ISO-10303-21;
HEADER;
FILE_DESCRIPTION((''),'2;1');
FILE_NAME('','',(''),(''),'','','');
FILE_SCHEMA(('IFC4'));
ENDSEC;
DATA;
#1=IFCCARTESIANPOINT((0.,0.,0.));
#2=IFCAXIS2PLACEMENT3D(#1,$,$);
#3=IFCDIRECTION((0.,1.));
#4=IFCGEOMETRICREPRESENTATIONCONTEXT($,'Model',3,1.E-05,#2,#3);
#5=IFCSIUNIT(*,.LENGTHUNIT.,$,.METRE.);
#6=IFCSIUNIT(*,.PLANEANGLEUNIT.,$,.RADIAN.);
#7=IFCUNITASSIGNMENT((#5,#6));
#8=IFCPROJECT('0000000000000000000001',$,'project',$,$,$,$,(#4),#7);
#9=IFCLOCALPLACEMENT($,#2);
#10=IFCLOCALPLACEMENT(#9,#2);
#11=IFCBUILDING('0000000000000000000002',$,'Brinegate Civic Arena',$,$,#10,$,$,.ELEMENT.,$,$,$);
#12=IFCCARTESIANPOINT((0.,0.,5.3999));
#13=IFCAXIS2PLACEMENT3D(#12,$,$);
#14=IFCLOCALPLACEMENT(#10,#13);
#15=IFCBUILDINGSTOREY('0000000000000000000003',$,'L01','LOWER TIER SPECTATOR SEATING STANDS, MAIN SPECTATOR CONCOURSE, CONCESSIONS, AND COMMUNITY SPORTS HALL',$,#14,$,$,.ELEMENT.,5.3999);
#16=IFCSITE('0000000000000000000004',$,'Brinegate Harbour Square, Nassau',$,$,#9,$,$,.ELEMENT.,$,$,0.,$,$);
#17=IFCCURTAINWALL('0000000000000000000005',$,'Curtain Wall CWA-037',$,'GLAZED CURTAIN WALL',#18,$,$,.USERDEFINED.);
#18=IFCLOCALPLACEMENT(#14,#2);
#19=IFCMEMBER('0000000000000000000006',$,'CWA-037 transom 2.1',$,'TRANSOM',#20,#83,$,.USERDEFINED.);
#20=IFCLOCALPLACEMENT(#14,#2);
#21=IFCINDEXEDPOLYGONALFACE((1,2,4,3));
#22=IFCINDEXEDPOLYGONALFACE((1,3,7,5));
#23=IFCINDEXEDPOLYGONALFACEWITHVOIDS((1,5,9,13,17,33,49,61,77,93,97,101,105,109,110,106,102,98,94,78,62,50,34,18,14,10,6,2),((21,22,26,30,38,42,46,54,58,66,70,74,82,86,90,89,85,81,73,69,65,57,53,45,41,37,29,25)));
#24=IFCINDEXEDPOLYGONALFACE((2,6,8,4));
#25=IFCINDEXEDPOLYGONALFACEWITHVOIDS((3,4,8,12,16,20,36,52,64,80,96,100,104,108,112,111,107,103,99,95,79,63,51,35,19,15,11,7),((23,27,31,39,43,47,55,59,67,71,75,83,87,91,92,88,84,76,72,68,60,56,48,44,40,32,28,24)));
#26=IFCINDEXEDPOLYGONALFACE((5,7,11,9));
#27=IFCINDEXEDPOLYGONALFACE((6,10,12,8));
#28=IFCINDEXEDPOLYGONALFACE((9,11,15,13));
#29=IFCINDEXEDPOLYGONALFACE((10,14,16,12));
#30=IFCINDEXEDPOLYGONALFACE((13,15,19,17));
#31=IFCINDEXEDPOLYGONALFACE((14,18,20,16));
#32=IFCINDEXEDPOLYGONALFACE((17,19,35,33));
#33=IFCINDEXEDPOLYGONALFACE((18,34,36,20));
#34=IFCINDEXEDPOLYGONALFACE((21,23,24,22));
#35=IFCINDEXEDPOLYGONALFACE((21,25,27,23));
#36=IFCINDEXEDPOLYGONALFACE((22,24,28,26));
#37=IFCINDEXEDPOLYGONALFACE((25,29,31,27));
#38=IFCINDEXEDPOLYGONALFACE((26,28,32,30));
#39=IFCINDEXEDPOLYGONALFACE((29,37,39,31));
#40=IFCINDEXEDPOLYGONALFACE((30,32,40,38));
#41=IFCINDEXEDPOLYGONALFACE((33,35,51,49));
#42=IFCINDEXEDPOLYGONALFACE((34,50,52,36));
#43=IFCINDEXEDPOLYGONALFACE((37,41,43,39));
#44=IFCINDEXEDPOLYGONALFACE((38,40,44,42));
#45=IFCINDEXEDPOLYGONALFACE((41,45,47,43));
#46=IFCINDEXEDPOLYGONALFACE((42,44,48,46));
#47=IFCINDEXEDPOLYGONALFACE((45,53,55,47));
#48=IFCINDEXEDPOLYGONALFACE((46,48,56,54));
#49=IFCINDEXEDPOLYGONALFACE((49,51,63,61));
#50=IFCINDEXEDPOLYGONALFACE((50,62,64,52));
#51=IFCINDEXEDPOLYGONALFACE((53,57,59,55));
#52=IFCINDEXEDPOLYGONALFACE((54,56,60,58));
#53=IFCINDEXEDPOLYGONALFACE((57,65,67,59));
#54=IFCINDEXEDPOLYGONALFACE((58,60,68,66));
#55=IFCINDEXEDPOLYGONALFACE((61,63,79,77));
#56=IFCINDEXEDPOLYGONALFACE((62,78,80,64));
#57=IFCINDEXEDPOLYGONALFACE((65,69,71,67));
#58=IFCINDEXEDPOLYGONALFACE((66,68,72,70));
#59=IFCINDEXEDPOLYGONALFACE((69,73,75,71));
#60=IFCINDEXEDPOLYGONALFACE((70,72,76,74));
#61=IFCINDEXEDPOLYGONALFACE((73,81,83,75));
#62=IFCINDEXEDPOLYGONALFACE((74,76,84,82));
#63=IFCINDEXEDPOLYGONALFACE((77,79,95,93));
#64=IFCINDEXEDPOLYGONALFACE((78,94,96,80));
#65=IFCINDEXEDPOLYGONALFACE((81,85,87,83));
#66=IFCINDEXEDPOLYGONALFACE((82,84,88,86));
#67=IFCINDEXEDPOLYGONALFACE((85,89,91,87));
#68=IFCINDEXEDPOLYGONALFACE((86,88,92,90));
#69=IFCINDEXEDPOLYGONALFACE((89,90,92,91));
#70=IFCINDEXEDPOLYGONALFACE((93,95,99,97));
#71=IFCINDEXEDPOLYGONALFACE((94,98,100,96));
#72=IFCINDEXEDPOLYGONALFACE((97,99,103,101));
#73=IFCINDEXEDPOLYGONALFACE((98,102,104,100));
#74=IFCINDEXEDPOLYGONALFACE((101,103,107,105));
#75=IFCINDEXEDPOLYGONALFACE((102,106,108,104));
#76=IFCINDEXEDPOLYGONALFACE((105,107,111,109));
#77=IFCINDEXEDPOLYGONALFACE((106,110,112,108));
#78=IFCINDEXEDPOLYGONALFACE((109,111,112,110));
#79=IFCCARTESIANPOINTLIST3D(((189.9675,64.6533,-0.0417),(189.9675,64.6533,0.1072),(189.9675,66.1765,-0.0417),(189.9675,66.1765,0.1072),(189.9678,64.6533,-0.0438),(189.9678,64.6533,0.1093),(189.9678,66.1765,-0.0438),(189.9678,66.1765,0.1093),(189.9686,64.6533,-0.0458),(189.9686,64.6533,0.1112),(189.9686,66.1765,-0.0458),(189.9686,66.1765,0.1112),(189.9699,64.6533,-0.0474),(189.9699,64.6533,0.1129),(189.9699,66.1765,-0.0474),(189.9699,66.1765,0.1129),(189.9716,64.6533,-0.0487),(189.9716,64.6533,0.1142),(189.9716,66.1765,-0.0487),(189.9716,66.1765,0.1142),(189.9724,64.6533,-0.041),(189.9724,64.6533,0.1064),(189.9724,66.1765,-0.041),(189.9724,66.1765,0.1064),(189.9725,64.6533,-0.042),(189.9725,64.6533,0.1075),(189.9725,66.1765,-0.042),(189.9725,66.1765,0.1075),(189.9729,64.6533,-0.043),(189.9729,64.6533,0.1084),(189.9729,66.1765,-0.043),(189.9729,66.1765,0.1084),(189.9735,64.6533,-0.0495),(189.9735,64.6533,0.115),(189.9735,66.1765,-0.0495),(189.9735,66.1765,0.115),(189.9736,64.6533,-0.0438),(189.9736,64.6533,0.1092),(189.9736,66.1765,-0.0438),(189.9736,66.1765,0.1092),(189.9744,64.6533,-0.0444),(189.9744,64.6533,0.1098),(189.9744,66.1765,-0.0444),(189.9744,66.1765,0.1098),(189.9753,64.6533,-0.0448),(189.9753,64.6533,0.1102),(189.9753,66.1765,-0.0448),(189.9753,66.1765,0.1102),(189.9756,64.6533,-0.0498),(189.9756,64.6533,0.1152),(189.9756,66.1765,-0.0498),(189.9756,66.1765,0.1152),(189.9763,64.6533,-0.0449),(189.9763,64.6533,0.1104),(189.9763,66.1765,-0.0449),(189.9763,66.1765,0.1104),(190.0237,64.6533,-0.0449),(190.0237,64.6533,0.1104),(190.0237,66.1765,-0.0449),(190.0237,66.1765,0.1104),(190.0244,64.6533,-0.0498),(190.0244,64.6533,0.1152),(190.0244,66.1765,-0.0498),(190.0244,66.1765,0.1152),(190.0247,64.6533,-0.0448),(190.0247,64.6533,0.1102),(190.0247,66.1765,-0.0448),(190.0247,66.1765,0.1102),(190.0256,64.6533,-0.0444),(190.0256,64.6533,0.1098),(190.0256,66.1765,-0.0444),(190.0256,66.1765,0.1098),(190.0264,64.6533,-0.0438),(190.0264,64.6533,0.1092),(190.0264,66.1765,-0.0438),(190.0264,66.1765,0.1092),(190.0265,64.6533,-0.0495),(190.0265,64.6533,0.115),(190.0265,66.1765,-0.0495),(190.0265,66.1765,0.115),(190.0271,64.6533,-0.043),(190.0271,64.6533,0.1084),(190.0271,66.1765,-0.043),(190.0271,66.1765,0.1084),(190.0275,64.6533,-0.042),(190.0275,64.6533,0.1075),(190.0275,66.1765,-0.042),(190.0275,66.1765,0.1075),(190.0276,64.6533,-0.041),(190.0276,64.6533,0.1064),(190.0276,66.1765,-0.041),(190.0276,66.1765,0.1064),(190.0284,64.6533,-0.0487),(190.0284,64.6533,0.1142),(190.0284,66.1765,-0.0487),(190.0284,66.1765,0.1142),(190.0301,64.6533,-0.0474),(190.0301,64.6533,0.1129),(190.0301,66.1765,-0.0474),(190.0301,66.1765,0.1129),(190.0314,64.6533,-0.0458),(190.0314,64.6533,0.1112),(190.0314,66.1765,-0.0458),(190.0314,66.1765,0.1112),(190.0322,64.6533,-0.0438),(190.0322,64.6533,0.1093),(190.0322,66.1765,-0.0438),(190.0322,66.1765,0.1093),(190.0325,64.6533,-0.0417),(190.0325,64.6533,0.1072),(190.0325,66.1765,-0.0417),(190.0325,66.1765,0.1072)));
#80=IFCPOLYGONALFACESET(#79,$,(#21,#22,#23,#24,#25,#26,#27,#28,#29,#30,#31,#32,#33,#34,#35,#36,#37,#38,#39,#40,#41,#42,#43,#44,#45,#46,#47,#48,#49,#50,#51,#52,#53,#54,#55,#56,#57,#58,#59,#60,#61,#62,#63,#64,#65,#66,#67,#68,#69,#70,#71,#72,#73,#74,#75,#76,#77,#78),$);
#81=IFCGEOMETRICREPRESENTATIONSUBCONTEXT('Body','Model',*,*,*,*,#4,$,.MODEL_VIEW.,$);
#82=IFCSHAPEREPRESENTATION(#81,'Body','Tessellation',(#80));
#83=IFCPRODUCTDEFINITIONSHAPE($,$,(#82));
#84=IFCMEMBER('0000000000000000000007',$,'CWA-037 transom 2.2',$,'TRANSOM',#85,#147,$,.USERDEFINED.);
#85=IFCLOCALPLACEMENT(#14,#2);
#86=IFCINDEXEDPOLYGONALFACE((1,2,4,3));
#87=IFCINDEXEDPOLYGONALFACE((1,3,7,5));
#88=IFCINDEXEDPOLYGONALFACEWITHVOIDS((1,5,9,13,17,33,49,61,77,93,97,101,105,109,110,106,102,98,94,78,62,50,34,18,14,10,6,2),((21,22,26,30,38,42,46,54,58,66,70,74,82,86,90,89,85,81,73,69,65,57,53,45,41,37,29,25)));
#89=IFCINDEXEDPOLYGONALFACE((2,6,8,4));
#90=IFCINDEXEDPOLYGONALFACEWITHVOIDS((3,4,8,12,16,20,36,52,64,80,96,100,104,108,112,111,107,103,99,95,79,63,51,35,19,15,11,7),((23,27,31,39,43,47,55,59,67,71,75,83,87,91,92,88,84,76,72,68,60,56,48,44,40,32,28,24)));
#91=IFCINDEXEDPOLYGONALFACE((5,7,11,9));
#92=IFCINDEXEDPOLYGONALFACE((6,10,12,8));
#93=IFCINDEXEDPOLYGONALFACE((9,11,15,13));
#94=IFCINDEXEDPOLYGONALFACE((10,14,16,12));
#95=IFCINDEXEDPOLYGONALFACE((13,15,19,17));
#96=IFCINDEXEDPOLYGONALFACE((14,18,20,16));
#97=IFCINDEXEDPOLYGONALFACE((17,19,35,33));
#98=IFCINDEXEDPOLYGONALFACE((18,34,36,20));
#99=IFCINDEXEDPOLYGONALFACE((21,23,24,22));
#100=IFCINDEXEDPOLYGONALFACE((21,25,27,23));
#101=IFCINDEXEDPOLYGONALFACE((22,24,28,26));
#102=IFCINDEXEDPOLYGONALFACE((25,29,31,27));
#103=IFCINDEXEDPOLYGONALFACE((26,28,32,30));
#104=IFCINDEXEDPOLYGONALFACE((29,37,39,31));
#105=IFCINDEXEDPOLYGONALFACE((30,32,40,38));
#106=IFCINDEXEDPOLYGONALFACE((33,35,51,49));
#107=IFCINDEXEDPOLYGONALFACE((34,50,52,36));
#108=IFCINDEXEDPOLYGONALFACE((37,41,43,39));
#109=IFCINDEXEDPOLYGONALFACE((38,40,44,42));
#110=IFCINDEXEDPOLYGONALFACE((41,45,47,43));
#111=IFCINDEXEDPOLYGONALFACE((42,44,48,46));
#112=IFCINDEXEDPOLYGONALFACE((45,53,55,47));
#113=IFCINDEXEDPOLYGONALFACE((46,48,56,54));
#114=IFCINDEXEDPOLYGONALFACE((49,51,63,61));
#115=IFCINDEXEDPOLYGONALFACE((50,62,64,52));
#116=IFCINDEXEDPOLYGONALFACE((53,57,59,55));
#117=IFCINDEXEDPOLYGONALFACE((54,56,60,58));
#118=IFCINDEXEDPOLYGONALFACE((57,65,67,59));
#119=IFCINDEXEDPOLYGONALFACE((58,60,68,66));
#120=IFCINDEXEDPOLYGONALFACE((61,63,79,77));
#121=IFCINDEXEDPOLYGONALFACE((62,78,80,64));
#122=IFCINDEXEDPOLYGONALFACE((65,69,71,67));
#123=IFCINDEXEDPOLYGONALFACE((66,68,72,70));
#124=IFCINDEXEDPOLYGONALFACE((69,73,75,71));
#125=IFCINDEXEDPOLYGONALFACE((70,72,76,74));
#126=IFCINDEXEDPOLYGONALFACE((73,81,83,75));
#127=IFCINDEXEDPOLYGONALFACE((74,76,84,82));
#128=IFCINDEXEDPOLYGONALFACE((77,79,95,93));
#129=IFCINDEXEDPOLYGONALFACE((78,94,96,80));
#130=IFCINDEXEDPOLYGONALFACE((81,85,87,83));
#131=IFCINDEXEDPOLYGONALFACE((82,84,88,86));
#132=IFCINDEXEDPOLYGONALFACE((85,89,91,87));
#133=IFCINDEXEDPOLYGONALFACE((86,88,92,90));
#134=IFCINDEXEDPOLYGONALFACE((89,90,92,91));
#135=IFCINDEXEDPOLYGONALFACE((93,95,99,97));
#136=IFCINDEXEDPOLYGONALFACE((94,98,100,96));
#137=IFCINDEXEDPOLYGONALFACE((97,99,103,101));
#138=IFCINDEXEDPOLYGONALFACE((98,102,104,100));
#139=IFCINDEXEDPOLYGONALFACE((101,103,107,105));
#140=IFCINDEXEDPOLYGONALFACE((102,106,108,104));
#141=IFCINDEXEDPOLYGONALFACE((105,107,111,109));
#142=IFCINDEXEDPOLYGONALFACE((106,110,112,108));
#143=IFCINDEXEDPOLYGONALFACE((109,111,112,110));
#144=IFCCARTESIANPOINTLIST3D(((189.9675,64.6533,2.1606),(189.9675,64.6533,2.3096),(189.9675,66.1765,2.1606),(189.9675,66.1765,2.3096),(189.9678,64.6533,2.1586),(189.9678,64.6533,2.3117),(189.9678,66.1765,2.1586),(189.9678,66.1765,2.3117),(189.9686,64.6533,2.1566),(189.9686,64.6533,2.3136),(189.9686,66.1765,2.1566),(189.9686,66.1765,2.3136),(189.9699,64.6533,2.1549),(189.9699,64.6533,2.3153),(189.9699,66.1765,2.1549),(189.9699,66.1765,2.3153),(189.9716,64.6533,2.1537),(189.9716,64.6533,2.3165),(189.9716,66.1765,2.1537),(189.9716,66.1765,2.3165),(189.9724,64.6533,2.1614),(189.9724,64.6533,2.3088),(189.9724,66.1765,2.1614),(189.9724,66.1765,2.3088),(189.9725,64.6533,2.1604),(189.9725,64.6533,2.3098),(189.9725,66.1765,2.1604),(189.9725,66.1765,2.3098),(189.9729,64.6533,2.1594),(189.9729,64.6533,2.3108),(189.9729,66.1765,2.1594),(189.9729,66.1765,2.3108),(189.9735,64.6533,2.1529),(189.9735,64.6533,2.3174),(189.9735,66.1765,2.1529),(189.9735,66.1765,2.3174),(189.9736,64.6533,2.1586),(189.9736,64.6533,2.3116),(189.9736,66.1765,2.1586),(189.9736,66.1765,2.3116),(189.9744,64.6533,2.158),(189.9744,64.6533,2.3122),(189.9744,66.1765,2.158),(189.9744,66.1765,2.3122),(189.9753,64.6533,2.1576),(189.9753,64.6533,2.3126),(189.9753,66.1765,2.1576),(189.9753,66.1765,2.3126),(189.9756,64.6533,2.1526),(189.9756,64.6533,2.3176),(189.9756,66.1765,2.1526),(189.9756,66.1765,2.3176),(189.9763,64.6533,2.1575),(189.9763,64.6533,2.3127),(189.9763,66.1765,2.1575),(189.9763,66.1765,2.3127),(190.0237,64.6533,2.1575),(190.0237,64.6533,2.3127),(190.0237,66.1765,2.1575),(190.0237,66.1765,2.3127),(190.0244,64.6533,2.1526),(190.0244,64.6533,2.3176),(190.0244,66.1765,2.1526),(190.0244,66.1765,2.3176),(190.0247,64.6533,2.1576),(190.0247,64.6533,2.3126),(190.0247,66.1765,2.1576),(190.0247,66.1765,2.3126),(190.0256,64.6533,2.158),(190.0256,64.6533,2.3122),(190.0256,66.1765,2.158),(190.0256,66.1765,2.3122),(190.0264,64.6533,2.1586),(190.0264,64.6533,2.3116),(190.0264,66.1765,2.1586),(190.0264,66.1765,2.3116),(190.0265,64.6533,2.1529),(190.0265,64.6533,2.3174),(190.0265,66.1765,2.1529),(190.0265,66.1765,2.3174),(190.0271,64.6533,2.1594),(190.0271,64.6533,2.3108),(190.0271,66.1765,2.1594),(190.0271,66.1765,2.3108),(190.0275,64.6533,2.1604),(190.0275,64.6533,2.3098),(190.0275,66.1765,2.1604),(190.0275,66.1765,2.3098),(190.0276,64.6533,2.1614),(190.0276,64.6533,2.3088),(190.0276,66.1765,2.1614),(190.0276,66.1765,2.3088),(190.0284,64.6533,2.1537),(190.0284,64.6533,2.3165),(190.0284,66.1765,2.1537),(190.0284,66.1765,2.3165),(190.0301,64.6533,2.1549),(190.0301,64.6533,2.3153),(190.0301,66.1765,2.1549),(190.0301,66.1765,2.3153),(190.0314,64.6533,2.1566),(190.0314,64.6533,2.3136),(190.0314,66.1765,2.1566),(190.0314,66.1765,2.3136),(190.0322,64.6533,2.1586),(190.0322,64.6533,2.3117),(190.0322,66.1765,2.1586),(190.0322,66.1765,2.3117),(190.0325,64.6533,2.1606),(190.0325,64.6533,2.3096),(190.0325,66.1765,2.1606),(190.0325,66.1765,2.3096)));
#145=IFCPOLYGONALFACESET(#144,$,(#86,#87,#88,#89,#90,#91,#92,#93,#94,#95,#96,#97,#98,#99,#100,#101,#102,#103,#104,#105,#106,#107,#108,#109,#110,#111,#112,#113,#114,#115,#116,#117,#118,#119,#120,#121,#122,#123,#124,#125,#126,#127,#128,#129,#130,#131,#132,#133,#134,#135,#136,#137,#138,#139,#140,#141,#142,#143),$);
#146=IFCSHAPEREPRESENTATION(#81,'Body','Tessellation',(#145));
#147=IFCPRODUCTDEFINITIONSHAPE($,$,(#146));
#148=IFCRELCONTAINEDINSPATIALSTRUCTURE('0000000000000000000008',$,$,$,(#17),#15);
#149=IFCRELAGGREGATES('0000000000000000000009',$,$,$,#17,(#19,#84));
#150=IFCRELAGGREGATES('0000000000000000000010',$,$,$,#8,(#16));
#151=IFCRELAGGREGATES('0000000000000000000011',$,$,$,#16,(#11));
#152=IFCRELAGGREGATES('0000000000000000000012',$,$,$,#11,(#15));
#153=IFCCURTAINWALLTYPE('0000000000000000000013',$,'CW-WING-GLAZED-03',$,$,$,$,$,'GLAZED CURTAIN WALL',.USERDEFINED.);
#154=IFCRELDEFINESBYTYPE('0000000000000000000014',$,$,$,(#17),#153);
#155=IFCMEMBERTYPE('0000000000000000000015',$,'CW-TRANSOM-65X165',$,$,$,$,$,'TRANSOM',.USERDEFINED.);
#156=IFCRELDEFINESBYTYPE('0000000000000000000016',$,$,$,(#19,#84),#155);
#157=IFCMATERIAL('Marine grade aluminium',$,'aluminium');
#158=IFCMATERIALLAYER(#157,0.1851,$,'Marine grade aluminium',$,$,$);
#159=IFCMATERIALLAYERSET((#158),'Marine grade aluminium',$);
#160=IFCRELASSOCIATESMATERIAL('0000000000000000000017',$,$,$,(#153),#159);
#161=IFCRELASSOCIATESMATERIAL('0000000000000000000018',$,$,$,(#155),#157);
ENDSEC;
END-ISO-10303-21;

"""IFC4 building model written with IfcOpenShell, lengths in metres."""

from ifc_helpers import new_model, si_unit, direction, frame, origin, origin_2d, place, context, subcontext, project, spatial, hollow_rectangle, extrude, material, layer, layer_set, material_profile, profile_set, type_object, element, aggregate, save


model = new_model("IFC4")

# Units and contexts
model_context = context("Model", 3, precision=1e-05, world=origin(), true_north=direction((0.0, 1.0)))
body_context = subcontext(model_context, "Body", "Model", "MODEL_VIEW")
ifc_project = project(units=[si_unit("LENGTHUNIT", "METRE"), si_unit("PLANEANGLEUNIT", "RADIAN")], contexts=[model_context])

# Site, building, storey
site_placement = place(None, origin())
site = spatial("IfcSite", under=ifc_project, at=site_placement, Name="Brinegate Harbour Square, Nassau", CompositionType="ELEMENT", RefElevation=0.0)
building_placement = place(site_placement, origin())
building = spatial("IfcBuilding", under=site, at=building_placement, Name="Brinegate Civic Arena", CompositionType="ELEMENT")
storey_placement = place(building_placement, frame((0.0, 0.0, 5.3999)))
storey = spatial("IfcBuildingStorey", under=building, at=storey_placement, Name="L01", Description="LOWER TIER SPECTATOR SEATING STANDS, MAIN SPECTATOR CONCOURSE, CONCESSIONS, AND COMMUNITY SPORTS HALL", CompositionType="ELEMENT", Elevation=5.3999)

# Curtain wall, members
ifc_material_1 = material(Name="Marine grade aluminium", Category="aluminium")
ifc_layer_1 = layer(ifc_material_1, 0.1851, Name="Marine grade aluminium")
ifc_layer_set_1 = layer_set([ifc_layer_1], Name="Marine grade aluminium")
curtain_wall_type = type_object("IfcCurtainWallType", Name="CW-WING-GLAZED-03", ElementType="GLAZED CURTAIN WALL", PredefinedType="USERDEFINED", material=ifc_layer_set_1)
curtain_wall_placement = place(storey_placement, origin())
curtain_wall = element("IfcCurtainWall", 1, at=curtain_wall_placement, inside=storey, type_object=curtain_wall_type, Name="Curtain Wall CWA-037", ObjectType="GLAZED CURTAIN WALL", PredefinedType="USERDEFINED")
ifc_material_profile_1 = material_profile(ifc_material_1, hollow_rectangle(XDim=0.0649, YDim=0.165, WallThickness=0.0049, InnerFilletRadius=0.0039, OuterFilletRadius=0.0081, at=origin_2d()), Name="TRN65X165")
ifc_profile_set_1 = profile_set([ifc_material_profile_1], Name="Marine grade aluminium")
member_type_1 = type_object("IfcMemberType", Name="CW-TRANSOM-65X165", ElementType="TRANSOM", PredefinedType="USERDEFINED", material=ifc_profile_set_1)
member_1_placement = place(storey_placement, frame((190.0, 64.6533, 0.0327), z_axis=(0.0, 1.0, 0.0), x_axis=(-1.0, 0.0, 0.0)))
member_1 = element("IfcMember", 2, at=member_1_placement, type_object=member_type_1, Name="CWA-037 transom 2.1", ObjectType="TRANSOM", PredefinedType="USERDEFINED", context=body_context, shape_type="SweptSolid", body=[
    extrude(hollow_rectangle(XDim=0.0649, YDim=0.165, WallThickness=0.0049, InnerFilletRadius=0.0039, OuterFilletRadius=0.0081, at=origin_2d()), origin(), (0.0, 0.0, 1.0), 1.5232),
])
member_2_placement = place(storey_placement, frame((190.0, 64.6533, 2.2351), z_axis=(0.0, 1.0, 0.0), x_axis=(-1.0, 0.0, 0.0)))
member_2 = element("IfcMember", 3, at=member_2_placement, type_object=member_type_1, Name="CWA-037 transom 2.2", ObjectType="TRANSOM", PredefinedType="USERDEFINED", context=body_context, shape_type="SweptSolid", body=[
    extrude(hollow_rectangle(XDim=0.0649, YDim=0.165, WallThickness=0.0049, InnerFilletRadius=0.0039, OuterFilletRadius=0.0081, at=origin_2d()), origin(), (0.0, 0.0, 1.0), 1.5232),
])

aggregate(curtain_wall, [member_1, member_2])

save(model, "model.ifc")
